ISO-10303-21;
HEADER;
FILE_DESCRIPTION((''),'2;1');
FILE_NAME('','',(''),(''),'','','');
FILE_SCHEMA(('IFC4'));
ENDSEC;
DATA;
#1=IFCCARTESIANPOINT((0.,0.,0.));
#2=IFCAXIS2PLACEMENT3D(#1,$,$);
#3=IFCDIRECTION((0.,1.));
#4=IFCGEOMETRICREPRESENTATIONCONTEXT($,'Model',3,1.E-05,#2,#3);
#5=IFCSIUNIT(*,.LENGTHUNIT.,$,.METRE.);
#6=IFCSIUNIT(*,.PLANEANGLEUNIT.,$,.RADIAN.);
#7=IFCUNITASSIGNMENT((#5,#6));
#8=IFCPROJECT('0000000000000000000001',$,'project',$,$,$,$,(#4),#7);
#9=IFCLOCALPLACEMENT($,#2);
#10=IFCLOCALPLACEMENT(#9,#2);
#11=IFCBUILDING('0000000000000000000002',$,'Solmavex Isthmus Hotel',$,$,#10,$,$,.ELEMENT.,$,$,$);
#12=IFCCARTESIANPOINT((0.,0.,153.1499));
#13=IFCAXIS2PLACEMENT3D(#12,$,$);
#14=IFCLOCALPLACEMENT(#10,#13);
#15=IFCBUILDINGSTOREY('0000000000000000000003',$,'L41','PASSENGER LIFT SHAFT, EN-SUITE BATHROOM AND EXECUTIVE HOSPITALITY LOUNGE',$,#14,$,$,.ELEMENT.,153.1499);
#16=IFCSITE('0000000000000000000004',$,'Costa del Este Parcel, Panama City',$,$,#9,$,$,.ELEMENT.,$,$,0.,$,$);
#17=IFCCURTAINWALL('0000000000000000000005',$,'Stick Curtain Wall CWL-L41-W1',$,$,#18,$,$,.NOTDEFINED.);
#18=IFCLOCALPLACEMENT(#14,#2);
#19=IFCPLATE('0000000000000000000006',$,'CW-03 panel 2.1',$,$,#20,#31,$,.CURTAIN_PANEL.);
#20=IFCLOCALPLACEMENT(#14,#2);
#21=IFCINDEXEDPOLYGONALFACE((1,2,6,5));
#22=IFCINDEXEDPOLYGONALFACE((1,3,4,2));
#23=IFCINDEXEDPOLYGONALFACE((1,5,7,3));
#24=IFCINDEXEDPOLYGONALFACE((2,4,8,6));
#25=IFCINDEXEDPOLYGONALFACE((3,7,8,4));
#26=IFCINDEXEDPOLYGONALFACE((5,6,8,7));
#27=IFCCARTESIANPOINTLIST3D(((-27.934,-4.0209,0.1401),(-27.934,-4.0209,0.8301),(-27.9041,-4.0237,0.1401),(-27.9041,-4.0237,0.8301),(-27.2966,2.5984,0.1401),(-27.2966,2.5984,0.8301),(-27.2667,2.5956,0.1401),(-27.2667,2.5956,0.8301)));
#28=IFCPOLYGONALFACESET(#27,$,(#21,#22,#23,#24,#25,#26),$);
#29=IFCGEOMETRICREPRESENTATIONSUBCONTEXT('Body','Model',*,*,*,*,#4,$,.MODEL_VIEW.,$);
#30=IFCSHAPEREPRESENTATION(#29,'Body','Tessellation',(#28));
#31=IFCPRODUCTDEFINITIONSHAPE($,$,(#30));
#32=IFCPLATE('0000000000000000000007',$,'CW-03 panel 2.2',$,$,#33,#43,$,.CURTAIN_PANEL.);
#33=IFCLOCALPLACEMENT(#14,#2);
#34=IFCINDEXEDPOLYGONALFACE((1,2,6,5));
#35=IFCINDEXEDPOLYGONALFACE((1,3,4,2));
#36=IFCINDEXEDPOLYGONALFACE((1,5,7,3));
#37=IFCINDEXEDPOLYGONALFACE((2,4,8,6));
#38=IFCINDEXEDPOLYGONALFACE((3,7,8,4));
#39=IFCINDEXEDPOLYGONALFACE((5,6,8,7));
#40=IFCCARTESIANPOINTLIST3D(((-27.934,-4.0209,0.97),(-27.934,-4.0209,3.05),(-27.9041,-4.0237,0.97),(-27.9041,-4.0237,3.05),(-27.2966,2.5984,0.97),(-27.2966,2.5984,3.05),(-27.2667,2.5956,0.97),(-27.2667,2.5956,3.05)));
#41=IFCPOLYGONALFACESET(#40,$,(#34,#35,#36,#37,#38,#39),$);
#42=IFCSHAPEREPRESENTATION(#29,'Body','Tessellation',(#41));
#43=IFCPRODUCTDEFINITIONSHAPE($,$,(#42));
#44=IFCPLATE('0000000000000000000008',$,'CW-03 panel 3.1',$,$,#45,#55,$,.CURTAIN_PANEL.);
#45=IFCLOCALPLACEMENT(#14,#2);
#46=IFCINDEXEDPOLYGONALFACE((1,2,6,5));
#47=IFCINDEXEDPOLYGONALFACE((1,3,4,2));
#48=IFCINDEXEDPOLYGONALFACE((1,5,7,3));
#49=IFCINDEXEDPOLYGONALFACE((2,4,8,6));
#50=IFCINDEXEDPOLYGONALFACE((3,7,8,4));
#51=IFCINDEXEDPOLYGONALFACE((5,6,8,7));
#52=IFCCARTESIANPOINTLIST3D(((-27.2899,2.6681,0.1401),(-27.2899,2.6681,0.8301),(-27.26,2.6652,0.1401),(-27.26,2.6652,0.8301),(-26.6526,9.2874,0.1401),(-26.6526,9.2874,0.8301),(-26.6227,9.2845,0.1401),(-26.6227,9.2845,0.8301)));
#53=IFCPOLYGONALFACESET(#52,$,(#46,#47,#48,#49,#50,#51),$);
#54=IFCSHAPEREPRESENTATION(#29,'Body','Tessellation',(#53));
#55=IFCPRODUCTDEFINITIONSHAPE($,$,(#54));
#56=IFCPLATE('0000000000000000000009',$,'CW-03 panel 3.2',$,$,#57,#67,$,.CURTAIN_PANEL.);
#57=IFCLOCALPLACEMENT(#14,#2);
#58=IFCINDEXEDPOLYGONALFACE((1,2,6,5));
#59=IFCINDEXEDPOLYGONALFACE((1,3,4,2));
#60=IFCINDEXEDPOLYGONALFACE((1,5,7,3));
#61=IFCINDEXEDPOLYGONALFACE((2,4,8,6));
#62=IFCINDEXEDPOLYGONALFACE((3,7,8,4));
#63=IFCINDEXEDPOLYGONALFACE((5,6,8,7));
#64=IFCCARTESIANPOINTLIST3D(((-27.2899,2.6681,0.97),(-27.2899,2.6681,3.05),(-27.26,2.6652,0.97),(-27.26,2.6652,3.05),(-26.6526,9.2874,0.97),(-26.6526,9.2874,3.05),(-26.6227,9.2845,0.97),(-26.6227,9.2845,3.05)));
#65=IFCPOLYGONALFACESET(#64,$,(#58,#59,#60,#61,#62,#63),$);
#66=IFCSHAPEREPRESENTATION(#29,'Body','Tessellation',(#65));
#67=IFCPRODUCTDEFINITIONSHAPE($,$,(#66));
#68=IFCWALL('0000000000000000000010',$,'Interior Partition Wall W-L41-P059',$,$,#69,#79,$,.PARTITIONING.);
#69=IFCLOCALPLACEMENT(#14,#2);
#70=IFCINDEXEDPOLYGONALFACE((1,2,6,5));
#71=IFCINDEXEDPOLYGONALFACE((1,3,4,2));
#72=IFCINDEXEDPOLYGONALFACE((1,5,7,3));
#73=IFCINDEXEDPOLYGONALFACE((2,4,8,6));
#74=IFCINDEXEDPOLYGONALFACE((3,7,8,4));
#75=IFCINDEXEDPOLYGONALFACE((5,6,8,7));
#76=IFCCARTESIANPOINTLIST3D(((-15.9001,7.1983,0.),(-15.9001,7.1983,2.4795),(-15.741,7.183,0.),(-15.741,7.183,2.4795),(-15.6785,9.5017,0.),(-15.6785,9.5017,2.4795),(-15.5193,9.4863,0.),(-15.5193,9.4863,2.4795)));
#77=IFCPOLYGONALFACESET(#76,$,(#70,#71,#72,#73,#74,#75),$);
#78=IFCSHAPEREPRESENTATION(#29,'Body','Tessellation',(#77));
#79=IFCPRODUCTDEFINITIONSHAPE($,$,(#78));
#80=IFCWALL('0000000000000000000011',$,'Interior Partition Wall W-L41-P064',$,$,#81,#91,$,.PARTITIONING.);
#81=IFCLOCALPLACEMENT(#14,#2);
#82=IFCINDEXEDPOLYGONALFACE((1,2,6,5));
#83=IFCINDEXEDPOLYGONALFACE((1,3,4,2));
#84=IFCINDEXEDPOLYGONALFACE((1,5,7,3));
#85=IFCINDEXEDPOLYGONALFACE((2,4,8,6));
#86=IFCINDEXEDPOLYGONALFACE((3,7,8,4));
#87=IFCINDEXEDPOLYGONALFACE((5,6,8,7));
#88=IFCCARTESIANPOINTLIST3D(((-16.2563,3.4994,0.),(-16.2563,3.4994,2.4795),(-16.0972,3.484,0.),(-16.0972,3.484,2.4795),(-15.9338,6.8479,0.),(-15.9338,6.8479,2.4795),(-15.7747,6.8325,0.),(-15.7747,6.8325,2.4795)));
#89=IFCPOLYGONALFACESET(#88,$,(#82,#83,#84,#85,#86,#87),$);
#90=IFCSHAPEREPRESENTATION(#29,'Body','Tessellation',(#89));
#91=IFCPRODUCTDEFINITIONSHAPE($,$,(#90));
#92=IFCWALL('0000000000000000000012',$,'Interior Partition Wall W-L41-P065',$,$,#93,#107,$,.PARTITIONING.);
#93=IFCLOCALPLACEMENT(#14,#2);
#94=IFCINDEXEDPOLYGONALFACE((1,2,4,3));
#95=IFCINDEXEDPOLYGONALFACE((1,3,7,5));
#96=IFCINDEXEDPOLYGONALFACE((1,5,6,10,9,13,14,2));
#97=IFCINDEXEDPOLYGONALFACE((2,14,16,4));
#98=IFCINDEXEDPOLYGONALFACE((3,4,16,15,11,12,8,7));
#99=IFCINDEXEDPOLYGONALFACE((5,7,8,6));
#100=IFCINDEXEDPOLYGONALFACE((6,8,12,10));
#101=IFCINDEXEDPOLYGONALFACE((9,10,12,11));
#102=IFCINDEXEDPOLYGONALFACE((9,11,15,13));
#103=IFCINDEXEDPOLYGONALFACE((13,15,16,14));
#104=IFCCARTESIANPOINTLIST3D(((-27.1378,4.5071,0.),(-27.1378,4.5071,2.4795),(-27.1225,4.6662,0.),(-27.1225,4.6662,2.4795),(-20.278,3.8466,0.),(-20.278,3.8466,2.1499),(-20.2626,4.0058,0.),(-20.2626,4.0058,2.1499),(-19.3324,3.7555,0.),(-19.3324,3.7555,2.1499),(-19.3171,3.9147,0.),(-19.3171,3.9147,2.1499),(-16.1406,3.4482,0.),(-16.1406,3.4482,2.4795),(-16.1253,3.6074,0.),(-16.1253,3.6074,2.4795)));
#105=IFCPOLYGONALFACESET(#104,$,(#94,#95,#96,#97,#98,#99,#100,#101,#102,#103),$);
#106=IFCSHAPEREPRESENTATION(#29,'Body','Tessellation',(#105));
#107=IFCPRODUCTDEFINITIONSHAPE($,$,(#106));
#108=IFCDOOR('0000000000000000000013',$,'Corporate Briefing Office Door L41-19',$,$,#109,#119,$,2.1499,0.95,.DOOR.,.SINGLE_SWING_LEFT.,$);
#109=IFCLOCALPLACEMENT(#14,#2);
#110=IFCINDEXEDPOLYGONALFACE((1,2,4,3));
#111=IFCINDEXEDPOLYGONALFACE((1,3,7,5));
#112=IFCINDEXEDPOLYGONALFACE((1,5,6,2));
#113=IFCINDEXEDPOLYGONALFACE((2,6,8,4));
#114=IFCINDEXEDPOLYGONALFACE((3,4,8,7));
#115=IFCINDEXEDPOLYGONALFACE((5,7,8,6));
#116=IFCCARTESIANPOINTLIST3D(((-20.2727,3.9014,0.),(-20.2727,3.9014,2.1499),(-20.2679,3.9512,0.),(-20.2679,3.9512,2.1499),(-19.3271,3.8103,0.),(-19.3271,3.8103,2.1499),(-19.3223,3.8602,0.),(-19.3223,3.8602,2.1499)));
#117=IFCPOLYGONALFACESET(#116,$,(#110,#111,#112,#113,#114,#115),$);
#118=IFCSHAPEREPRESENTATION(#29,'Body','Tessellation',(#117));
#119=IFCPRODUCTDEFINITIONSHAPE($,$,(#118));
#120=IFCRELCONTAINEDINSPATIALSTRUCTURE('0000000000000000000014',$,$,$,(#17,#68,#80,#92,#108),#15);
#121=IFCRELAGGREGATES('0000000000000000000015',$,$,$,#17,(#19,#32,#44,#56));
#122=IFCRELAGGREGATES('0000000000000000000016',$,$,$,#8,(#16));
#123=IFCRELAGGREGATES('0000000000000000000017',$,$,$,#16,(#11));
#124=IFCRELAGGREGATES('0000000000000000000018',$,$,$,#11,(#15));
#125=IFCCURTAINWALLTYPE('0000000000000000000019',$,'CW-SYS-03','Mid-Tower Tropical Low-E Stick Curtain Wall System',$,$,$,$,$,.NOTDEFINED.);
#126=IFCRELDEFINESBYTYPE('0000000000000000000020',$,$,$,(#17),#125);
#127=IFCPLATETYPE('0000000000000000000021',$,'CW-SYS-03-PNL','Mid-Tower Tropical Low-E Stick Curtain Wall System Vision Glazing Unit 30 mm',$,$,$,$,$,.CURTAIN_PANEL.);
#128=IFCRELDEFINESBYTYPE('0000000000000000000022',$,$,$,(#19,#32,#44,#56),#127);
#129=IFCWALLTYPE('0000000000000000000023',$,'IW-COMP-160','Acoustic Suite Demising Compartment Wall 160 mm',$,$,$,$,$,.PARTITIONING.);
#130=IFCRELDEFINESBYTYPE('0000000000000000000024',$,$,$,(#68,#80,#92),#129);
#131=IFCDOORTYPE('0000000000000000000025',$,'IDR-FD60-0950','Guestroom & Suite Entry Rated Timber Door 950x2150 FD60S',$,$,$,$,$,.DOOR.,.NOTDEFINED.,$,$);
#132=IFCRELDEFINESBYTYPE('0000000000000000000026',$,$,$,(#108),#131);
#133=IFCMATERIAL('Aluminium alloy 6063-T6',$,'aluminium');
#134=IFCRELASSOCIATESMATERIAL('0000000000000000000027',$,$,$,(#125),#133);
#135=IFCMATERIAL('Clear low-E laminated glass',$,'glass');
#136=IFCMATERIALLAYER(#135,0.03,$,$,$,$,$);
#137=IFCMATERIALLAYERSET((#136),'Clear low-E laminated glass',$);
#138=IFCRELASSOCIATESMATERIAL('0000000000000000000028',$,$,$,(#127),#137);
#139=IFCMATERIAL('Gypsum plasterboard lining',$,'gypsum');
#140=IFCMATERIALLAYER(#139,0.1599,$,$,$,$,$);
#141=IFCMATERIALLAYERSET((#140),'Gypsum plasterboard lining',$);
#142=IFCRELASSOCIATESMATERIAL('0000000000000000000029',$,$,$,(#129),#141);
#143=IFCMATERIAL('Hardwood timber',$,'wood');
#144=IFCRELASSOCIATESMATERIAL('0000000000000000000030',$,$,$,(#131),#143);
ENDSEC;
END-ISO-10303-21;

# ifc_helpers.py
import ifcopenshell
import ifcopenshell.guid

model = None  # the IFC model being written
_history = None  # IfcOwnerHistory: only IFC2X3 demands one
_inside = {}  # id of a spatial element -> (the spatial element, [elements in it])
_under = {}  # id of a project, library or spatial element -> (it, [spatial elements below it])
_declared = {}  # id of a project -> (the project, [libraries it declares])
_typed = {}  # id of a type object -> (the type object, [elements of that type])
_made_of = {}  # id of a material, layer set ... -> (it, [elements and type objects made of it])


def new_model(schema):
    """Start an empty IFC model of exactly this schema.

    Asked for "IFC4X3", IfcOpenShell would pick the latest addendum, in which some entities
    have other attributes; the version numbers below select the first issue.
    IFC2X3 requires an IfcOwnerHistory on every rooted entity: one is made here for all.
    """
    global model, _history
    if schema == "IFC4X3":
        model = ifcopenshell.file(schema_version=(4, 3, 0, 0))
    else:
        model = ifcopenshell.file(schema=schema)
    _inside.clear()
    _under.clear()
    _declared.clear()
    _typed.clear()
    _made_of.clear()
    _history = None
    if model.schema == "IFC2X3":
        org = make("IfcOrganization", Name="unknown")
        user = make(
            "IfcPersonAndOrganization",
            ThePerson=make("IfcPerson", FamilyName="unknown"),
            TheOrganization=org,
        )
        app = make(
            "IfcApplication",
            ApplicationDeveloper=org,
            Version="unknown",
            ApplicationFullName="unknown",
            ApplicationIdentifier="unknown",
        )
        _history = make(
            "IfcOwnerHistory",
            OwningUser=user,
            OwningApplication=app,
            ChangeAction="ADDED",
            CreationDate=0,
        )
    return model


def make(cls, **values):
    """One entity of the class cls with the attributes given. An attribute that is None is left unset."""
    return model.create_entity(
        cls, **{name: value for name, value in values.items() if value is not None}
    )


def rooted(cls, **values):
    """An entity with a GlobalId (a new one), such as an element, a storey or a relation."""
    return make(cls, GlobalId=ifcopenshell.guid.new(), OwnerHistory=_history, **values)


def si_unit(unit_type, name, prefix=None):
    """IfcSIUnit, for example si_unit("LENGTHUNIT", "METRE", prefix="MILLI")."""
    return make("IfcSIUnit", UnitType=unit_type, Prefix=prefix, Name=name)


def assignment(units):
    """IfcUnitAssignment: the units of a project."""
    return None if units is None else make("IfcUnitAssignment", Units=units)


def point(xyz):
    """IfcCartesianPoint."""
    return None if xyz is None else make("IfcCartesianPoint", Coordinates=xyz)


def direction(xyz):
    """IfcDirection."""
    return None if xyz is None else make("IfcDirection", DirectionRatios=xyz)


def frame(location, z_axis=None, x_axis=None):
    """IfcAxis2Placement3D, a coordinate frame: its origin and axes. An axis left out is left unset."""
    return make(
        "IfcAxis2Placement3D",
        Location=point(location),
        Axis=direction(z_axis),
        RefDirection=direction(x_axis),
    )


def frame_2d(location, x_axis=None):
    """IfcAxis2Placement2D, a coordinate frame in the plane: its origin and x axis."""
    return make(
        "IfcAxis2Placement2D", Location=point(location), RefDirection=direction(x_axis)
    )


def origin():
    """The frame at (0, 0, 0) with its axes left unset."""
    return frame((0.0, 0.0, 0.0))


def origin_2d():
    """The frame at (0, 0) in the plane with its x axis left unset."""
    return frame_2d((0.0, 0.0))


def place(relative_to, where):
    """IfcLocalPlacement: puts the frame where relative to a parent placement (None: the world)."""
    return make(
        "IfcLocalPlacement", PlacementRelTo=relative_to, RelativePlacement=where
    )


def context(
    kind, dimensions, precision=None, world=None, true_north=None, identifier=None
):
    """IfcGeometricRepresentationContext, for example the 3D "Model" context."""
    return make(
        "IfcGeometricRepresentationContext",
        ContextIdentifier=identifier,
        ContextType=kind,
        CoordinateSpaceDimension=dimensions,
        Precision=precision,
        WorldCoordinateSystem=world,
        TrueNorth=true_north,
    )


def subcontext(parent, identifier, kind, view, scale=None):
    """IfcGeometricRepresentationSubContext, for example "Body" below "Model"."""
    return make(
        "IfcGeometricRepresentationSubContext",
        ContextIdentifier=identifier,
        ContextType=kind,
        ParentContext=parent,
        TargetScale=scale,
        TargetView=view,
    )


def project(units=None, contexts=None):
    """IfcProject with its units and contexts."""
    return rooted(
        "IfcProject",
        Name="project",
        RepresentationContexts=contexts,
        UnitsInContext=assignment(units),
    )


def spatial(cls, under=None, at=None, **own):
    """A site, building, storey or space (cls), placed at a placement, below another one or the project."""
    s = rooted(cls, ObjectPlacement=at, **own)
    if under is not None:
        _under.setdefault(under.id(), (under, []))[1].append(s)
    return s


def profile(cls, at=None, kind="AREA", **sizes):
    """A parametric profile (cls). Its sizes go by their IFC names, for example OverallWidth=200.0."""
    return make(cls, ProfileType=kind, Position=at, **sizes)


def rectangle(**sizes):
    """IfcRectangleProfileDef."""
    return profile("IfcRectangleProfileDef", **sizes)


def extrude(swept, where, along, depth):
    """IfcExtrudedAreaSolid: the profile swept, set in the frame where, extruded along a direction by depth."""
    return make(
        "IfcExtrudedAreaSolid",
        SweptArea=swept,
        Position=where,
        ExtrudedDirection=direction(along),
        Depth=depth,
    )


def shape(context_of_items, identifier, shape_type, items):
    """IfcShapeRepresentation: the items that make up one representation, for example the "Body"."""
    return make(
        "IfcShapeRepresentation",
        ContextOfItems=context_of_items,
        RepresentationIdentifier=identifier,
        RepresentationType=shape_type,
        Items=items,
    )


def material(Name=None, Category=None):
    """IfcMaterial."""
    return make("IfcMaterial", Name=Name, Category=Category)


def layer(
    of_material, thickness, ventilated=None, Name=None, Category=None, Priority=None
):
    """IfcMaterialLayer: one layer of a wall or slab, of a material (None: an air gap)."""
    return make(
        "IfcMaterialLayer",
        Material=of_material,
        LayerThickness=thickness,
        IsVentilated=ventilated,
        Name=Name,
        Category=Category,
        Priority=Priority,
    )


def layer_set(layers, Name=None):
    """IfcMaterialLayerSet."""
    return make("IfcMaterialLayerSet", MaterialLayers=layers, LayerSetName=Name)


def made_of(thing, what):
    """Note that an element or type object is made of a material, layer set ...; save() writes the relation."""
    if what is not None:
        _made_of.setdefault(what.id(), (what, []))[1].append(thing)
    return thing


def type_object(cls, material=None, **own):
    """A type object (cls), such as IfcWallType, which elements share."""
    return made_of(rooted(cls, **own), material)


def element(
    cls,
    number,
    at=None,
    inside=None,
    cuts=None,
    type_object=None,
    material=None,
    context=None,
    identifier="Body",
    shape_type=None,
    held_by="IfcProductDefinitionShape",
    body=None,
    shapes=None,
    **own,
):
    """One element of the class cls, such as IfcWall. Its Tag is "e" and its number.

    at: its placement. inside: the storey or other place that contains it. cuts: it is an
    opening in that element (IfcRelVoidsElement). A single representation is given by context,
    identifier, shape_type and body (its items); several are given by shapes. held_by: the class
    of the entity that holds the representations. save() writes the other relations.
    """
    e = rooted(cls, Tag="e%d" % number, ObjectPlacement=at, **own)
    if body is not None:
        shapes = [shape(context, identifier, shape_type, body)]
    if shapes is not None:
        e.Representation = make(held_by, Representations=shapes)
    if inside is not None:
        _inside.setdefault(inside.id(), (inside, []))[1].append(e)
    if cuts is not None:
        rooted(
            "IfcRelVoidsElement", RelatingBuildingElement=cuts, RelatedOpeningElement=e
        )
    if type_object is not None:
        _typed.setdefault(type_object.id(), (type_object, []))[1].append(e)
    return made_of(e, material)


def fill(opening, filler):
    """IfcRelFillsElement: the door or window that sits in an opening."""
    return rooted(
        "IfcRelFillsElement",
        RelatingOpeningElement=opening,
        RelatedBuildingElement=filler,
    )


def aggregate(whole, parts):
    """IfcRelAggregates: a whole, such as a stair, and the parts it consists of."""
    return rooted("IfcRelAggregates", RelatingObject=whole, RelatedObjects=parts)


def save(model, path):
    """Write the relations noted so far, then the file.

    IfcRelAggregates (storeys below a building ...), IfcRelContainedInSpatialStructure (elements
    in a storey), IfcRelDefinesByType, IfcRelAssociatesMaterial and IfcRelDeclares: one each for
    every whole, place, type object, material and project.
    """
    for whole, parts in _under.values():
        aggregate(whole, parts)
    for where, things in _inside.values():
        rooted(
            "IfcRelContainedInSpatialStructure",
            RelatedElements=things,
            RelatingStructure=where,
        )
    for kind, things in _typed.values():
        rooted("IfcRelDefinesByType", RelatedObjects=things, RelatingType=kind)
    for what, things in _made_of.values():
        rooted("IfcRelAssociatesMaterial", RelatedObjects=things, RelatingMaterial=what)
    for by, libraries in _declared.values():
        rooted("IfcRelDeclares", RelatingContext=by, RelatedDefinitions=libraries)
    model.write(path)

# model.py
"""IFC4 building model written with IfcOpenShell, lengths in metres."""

from ifc_helpers import new_model, si_unit, direction, frame, frame_2d, origin, origin_2d, place, context, subcontext, project, spatial, rectangle, extrude, material, layer, layer_set, type_object, element, fill, aggregate, save


model = new_model("IFC4")

# Units and contexts
model_context = context("Model", 3, precision=1e-05, world=origin(), true_north=direction((0.0, 1.0)))
body_context = subcontext(model_context, "Body", "Model", "MODEL_VIEW")
ifc_project = project(units=[si_unit("LENGTHUNIT", "METRE"), si_unit("PLANEANGLEUNIT", "RADIAN")], contexts=[model_context])

# Site, building, storey
site_placement = place(None, origin())
site = spatial("IfcSite", under=ifc_project, at=site_placement, Name="Costa del Este Parcel, Panama City", CompositionType="ELEMENT", RefElevation=0.0)
building_placement = place(site_placement, origin())
building = spatial("IfcBuilding", under=site, at=building_placement, Name="Solmavex Isthmus Hotel", CompositionType="ELEMENT")
storey_placement = place(building_placement, frame((0.0, 0.0, 153.1499)))
storey = spatial("IfcBuildingStorey", under=building, at=storey_placement, Name="L41", Description="PASSENGER LIFT SHAFT, EN-SUITE BATHROOM AND EXECUTIVE HOSPITALITY LOUNGE", CompositionType="ELEMENT", Elevation=153.1499)

# Curtain wall, plates
ifc_material_1 = material(Name="Aluminium alloy 6063-T6", Category="aluminium")
curtain_wall_type = type_object("IfcCurtainWallType", Name="CW-SYS-03", Description="Mid-Tower Tropical Low-E Stick Curtain Wall System", PredefinedType="NOTDEFINED", material=ifc_material_1)
curtain_wall_placement = place(storey_placement, origin())
curtain_wall = element("IfcCurtainWall", 1, at=curtain_wall_placement, inside=storey, type_object=curtain_wall_type, Name="Stick Curtain Wall CWL-L41-W1", PredefinedType="NOTDEFINED")
ifc_material_2 = material(Name="Clear low-E laminated glass", Category="glass")
ifc_layer_1 = layer(ifc_material_2, 0.03)
ifc_layer_set_1 = layer_set([ifc_layer_1], Name="Clear low-E laminated glass")
plate_type = type_object("IfcPlateType", Name="CW-SYS-03-PNL", Description="Mid-Tower Tropical Low-E Stick Curtain Wall System Vision Glazing Unit 30 mm", PredefinedType="CURTAIN_PANEL", material=ifc_layer_set_1)
plate_1_placement = place(storey_placement, frame((-27.6003, -0.7126, 0.1401), z_axis=(0.0, 0.0, 1.0), x_axis=(0.095846, 0.995396, 0.0)))
plate_1 = element("IfcPlate", 2, at=plate_1_placement, type_object=plate_type, Name="CW-03 panel 2.1", PredefinedType="CURTAIN_PANEL", context=body_context, shape_type="SweptSolid", body=[
    extrude(rectangle(XDim=6.6499, YDim=0.03, at=origin_2d()), origin(), (0.0, 0.0, 1.0), 0.6899),
])
plate_2_placement = place(storey_placement, frame((-27.6003, -0.7126, 0.97), z_axis=(0.0, 0.0, 1.0), x_axis=(0.095846, 0.995396, 0.0)))
plate_2 = element("IfcPlate", 3, at=plate_2_placement, type_object=plate_type, Name="CW-03 panel 2.2", PredefinedType="CURTAIN_PANEL", context=body_context, shape_type="SweptSolid", body=[
    extrude(rectangle(XDim=6.6499, YDim=0.03, at=origin_2d()), origin(), (0.0, 0.0, 1.0), 2.0801),
])
plate_3_placement = place(storey_placement, frame((-26.9563, 5.9763, 0.1401), z_axis=(0.0, 0.0, 1.0), x_axis=(0.095846, 0.995396, 0.0)))
plate_3 = element("IfcPlate", 4, at=plate_3_placement, type_object=plate_type, Name="CW-03 panel 3.1", PredefinedType="CURTAIN_PANEL", context=body_context, shape_type="SweptSolid", body=[
    extrude(rectangle(XDim=6.6499, YDim=0.03, at=origin_2d()), origin(), (0.0, 0.0, 1.0), 0.6899),
])
plate_4_placement = place(storey_placement, frame((-26.9563, 5.9763, 0.97), z_axis=(0.0, 0.0, 1.0), x_axis=(0.095846, 0.995396, 0.0)))
plate_4 = element("IfcPlate", 5, at=plate_4_placement, type_object=plate_type, Name="CW-03 panel 3.2", PredefinedType="CURTAIN_PANEL", context=body_context, shape_type="SweptSolid", body=[
    extrude(rectangle(XDim=6.6499, YDim=0.03, at=origin_2d()), origin(), (0.0, 0.0, 1.0), 2.0801),
])
aggregate(curtain_wall, [plate_1, plate_2, plate_3, plate_4])

# Walls
ifc_material_3 = material(Name="Gypsum plasterboard lining", Category="gypsum")
ifc_layer_2 = layer(ifc_material_3, 0.1599)
ifc_layer_set_2 = layer_set([ifc_layer_2], Name="Gypsum plasterboard lining")
wall_type_1 = type_object("IfcWallType", Name="IW-COMP-160", Description="Acoustic Suite Demising Compartment Wall 160 mm", PredefinedType="PARTITIONING", material=ifc_layer_set_2)
wall_1_placement = place(storey_placement, frame((-15.8206, 7.1907, 0.0), z_axis=(0.0, 0.0, 1.0), x_axis=(0.095805, 0.9954, 0.0)))
element("IfcWall", 6, at=wall_1_placement, inside=storey, type_object=wall_type_1, Name="Interior Partition Wall W-L41-P059", PredefinedType="PARTITIONING", context=body_context, shape_type="SweptSolid", body=[
    extrude(rectangle(XDim=2.314, YDim=0.1599, at=frame_2d((1.157, 0.0))), origin(), (0.0, 0.0, 1.0), 2.4795),
])
wall_2_placement = place(storey_placement, frame((-15.8542, 6.8403, 0.0), z_axis=(0.0, 0.0, 1.0), x_axis=(-0.095867, -0.995394, 0.0)))
element("IfcWall", 7, at=wall_2_placement, inside=storey, type_object=wall_type_1, Name="Interior Partition Wall W-L41-P064", PredefinedType="PARTITIONING", context=body_context, shape_type="SweptSolid", body=[
    extrude(rectangle(XDim=3.364, YDim=0.1599, at=frame_2d((1.6821, 0.0))), origin(), (0.0, 0.0, 1.0), 2.4795),
])

# Wall, opening, door
wall_3_placement = place(storey_placement, frame((-16.1331, 3.5278, 0.0), z_axis=(0.0, 0.0, 1.0), x_axis=(-0.995397, 0.095838, 0.0)))
wall_3 = element("IfcWall", 8, at=wall_3_placement, inside=storey, type_object=wall_type_1, Name="Interior Partition Wall W-L41-P065", PredefinedType="PARTITIONING", context=body_context, shape_type="SweptSolid", body=[
    extrude(rectangle(XDim=11.0481, YDim=0.1599, at=frame_2d((5.5239, 0.0))), origin(), (0.0, 0.0, 1.0), 2.4795),
])
opening_1_placement = place(wall_3_placement, frame((3.2063, 0.0, 0.0)))
opening_1 = element("IfcOpeningElement", 9, at=opening_1_placement, cuts=wall_3, PredefinedType="OPENING", context=body_context, shape_type="SweptSolid", body=[
    extrude(rectangle(XDim=0.95, YDim=2.1499, at=frame_2d((0.4751, 1.075))), frame((0.0, 0.0898, 0.0), z_axis=(0.0, -1.0, 0.0), x_axis=(1.0, 0.0, 0.0)), (0.0, 0.0, 1.0), 0.1799),
])
ifc_material_4 = material(Name="Hardwood timber", Category="wood")
door_type_1 = type_object("IfcDoorType", Name="IDR-FD60-0950", Description="Guestroom & Suite Entry Rated Timber Door 950x2150 FD60S", OperationType="NOTDEFINED", PredefinedType="DOOR", material=ifc_material_4)
door_1_placement = place(opening_1_placement, origin())
door_1 = element("IfcDoor", 10, at=door_1_placement, inside=storey, type_object=door_type_1, Name="Corporate Briefing Office Door L41-19", OperationType="SINGLE_SWING_LEFT", OverallHeight=2.1499, OverallWidth=0.95, PredefinedType="DOOR", context=body_context, shape_type="SweptSolid", body=[
    extrude(rectangle(XDim=0.95, YDim=2.1499, at=frame_2d((0.4751, 1.075))), frame((0.0, 0.0249, 0.0), z_axis=(0.0, -1.0, 0.0), x_axis=(1.0, 0.0, 0.0)), (0.0, 0.0, 1.0), 0.05),
])
fill(opening_1, door_1)

save(model, "model.ifc")
